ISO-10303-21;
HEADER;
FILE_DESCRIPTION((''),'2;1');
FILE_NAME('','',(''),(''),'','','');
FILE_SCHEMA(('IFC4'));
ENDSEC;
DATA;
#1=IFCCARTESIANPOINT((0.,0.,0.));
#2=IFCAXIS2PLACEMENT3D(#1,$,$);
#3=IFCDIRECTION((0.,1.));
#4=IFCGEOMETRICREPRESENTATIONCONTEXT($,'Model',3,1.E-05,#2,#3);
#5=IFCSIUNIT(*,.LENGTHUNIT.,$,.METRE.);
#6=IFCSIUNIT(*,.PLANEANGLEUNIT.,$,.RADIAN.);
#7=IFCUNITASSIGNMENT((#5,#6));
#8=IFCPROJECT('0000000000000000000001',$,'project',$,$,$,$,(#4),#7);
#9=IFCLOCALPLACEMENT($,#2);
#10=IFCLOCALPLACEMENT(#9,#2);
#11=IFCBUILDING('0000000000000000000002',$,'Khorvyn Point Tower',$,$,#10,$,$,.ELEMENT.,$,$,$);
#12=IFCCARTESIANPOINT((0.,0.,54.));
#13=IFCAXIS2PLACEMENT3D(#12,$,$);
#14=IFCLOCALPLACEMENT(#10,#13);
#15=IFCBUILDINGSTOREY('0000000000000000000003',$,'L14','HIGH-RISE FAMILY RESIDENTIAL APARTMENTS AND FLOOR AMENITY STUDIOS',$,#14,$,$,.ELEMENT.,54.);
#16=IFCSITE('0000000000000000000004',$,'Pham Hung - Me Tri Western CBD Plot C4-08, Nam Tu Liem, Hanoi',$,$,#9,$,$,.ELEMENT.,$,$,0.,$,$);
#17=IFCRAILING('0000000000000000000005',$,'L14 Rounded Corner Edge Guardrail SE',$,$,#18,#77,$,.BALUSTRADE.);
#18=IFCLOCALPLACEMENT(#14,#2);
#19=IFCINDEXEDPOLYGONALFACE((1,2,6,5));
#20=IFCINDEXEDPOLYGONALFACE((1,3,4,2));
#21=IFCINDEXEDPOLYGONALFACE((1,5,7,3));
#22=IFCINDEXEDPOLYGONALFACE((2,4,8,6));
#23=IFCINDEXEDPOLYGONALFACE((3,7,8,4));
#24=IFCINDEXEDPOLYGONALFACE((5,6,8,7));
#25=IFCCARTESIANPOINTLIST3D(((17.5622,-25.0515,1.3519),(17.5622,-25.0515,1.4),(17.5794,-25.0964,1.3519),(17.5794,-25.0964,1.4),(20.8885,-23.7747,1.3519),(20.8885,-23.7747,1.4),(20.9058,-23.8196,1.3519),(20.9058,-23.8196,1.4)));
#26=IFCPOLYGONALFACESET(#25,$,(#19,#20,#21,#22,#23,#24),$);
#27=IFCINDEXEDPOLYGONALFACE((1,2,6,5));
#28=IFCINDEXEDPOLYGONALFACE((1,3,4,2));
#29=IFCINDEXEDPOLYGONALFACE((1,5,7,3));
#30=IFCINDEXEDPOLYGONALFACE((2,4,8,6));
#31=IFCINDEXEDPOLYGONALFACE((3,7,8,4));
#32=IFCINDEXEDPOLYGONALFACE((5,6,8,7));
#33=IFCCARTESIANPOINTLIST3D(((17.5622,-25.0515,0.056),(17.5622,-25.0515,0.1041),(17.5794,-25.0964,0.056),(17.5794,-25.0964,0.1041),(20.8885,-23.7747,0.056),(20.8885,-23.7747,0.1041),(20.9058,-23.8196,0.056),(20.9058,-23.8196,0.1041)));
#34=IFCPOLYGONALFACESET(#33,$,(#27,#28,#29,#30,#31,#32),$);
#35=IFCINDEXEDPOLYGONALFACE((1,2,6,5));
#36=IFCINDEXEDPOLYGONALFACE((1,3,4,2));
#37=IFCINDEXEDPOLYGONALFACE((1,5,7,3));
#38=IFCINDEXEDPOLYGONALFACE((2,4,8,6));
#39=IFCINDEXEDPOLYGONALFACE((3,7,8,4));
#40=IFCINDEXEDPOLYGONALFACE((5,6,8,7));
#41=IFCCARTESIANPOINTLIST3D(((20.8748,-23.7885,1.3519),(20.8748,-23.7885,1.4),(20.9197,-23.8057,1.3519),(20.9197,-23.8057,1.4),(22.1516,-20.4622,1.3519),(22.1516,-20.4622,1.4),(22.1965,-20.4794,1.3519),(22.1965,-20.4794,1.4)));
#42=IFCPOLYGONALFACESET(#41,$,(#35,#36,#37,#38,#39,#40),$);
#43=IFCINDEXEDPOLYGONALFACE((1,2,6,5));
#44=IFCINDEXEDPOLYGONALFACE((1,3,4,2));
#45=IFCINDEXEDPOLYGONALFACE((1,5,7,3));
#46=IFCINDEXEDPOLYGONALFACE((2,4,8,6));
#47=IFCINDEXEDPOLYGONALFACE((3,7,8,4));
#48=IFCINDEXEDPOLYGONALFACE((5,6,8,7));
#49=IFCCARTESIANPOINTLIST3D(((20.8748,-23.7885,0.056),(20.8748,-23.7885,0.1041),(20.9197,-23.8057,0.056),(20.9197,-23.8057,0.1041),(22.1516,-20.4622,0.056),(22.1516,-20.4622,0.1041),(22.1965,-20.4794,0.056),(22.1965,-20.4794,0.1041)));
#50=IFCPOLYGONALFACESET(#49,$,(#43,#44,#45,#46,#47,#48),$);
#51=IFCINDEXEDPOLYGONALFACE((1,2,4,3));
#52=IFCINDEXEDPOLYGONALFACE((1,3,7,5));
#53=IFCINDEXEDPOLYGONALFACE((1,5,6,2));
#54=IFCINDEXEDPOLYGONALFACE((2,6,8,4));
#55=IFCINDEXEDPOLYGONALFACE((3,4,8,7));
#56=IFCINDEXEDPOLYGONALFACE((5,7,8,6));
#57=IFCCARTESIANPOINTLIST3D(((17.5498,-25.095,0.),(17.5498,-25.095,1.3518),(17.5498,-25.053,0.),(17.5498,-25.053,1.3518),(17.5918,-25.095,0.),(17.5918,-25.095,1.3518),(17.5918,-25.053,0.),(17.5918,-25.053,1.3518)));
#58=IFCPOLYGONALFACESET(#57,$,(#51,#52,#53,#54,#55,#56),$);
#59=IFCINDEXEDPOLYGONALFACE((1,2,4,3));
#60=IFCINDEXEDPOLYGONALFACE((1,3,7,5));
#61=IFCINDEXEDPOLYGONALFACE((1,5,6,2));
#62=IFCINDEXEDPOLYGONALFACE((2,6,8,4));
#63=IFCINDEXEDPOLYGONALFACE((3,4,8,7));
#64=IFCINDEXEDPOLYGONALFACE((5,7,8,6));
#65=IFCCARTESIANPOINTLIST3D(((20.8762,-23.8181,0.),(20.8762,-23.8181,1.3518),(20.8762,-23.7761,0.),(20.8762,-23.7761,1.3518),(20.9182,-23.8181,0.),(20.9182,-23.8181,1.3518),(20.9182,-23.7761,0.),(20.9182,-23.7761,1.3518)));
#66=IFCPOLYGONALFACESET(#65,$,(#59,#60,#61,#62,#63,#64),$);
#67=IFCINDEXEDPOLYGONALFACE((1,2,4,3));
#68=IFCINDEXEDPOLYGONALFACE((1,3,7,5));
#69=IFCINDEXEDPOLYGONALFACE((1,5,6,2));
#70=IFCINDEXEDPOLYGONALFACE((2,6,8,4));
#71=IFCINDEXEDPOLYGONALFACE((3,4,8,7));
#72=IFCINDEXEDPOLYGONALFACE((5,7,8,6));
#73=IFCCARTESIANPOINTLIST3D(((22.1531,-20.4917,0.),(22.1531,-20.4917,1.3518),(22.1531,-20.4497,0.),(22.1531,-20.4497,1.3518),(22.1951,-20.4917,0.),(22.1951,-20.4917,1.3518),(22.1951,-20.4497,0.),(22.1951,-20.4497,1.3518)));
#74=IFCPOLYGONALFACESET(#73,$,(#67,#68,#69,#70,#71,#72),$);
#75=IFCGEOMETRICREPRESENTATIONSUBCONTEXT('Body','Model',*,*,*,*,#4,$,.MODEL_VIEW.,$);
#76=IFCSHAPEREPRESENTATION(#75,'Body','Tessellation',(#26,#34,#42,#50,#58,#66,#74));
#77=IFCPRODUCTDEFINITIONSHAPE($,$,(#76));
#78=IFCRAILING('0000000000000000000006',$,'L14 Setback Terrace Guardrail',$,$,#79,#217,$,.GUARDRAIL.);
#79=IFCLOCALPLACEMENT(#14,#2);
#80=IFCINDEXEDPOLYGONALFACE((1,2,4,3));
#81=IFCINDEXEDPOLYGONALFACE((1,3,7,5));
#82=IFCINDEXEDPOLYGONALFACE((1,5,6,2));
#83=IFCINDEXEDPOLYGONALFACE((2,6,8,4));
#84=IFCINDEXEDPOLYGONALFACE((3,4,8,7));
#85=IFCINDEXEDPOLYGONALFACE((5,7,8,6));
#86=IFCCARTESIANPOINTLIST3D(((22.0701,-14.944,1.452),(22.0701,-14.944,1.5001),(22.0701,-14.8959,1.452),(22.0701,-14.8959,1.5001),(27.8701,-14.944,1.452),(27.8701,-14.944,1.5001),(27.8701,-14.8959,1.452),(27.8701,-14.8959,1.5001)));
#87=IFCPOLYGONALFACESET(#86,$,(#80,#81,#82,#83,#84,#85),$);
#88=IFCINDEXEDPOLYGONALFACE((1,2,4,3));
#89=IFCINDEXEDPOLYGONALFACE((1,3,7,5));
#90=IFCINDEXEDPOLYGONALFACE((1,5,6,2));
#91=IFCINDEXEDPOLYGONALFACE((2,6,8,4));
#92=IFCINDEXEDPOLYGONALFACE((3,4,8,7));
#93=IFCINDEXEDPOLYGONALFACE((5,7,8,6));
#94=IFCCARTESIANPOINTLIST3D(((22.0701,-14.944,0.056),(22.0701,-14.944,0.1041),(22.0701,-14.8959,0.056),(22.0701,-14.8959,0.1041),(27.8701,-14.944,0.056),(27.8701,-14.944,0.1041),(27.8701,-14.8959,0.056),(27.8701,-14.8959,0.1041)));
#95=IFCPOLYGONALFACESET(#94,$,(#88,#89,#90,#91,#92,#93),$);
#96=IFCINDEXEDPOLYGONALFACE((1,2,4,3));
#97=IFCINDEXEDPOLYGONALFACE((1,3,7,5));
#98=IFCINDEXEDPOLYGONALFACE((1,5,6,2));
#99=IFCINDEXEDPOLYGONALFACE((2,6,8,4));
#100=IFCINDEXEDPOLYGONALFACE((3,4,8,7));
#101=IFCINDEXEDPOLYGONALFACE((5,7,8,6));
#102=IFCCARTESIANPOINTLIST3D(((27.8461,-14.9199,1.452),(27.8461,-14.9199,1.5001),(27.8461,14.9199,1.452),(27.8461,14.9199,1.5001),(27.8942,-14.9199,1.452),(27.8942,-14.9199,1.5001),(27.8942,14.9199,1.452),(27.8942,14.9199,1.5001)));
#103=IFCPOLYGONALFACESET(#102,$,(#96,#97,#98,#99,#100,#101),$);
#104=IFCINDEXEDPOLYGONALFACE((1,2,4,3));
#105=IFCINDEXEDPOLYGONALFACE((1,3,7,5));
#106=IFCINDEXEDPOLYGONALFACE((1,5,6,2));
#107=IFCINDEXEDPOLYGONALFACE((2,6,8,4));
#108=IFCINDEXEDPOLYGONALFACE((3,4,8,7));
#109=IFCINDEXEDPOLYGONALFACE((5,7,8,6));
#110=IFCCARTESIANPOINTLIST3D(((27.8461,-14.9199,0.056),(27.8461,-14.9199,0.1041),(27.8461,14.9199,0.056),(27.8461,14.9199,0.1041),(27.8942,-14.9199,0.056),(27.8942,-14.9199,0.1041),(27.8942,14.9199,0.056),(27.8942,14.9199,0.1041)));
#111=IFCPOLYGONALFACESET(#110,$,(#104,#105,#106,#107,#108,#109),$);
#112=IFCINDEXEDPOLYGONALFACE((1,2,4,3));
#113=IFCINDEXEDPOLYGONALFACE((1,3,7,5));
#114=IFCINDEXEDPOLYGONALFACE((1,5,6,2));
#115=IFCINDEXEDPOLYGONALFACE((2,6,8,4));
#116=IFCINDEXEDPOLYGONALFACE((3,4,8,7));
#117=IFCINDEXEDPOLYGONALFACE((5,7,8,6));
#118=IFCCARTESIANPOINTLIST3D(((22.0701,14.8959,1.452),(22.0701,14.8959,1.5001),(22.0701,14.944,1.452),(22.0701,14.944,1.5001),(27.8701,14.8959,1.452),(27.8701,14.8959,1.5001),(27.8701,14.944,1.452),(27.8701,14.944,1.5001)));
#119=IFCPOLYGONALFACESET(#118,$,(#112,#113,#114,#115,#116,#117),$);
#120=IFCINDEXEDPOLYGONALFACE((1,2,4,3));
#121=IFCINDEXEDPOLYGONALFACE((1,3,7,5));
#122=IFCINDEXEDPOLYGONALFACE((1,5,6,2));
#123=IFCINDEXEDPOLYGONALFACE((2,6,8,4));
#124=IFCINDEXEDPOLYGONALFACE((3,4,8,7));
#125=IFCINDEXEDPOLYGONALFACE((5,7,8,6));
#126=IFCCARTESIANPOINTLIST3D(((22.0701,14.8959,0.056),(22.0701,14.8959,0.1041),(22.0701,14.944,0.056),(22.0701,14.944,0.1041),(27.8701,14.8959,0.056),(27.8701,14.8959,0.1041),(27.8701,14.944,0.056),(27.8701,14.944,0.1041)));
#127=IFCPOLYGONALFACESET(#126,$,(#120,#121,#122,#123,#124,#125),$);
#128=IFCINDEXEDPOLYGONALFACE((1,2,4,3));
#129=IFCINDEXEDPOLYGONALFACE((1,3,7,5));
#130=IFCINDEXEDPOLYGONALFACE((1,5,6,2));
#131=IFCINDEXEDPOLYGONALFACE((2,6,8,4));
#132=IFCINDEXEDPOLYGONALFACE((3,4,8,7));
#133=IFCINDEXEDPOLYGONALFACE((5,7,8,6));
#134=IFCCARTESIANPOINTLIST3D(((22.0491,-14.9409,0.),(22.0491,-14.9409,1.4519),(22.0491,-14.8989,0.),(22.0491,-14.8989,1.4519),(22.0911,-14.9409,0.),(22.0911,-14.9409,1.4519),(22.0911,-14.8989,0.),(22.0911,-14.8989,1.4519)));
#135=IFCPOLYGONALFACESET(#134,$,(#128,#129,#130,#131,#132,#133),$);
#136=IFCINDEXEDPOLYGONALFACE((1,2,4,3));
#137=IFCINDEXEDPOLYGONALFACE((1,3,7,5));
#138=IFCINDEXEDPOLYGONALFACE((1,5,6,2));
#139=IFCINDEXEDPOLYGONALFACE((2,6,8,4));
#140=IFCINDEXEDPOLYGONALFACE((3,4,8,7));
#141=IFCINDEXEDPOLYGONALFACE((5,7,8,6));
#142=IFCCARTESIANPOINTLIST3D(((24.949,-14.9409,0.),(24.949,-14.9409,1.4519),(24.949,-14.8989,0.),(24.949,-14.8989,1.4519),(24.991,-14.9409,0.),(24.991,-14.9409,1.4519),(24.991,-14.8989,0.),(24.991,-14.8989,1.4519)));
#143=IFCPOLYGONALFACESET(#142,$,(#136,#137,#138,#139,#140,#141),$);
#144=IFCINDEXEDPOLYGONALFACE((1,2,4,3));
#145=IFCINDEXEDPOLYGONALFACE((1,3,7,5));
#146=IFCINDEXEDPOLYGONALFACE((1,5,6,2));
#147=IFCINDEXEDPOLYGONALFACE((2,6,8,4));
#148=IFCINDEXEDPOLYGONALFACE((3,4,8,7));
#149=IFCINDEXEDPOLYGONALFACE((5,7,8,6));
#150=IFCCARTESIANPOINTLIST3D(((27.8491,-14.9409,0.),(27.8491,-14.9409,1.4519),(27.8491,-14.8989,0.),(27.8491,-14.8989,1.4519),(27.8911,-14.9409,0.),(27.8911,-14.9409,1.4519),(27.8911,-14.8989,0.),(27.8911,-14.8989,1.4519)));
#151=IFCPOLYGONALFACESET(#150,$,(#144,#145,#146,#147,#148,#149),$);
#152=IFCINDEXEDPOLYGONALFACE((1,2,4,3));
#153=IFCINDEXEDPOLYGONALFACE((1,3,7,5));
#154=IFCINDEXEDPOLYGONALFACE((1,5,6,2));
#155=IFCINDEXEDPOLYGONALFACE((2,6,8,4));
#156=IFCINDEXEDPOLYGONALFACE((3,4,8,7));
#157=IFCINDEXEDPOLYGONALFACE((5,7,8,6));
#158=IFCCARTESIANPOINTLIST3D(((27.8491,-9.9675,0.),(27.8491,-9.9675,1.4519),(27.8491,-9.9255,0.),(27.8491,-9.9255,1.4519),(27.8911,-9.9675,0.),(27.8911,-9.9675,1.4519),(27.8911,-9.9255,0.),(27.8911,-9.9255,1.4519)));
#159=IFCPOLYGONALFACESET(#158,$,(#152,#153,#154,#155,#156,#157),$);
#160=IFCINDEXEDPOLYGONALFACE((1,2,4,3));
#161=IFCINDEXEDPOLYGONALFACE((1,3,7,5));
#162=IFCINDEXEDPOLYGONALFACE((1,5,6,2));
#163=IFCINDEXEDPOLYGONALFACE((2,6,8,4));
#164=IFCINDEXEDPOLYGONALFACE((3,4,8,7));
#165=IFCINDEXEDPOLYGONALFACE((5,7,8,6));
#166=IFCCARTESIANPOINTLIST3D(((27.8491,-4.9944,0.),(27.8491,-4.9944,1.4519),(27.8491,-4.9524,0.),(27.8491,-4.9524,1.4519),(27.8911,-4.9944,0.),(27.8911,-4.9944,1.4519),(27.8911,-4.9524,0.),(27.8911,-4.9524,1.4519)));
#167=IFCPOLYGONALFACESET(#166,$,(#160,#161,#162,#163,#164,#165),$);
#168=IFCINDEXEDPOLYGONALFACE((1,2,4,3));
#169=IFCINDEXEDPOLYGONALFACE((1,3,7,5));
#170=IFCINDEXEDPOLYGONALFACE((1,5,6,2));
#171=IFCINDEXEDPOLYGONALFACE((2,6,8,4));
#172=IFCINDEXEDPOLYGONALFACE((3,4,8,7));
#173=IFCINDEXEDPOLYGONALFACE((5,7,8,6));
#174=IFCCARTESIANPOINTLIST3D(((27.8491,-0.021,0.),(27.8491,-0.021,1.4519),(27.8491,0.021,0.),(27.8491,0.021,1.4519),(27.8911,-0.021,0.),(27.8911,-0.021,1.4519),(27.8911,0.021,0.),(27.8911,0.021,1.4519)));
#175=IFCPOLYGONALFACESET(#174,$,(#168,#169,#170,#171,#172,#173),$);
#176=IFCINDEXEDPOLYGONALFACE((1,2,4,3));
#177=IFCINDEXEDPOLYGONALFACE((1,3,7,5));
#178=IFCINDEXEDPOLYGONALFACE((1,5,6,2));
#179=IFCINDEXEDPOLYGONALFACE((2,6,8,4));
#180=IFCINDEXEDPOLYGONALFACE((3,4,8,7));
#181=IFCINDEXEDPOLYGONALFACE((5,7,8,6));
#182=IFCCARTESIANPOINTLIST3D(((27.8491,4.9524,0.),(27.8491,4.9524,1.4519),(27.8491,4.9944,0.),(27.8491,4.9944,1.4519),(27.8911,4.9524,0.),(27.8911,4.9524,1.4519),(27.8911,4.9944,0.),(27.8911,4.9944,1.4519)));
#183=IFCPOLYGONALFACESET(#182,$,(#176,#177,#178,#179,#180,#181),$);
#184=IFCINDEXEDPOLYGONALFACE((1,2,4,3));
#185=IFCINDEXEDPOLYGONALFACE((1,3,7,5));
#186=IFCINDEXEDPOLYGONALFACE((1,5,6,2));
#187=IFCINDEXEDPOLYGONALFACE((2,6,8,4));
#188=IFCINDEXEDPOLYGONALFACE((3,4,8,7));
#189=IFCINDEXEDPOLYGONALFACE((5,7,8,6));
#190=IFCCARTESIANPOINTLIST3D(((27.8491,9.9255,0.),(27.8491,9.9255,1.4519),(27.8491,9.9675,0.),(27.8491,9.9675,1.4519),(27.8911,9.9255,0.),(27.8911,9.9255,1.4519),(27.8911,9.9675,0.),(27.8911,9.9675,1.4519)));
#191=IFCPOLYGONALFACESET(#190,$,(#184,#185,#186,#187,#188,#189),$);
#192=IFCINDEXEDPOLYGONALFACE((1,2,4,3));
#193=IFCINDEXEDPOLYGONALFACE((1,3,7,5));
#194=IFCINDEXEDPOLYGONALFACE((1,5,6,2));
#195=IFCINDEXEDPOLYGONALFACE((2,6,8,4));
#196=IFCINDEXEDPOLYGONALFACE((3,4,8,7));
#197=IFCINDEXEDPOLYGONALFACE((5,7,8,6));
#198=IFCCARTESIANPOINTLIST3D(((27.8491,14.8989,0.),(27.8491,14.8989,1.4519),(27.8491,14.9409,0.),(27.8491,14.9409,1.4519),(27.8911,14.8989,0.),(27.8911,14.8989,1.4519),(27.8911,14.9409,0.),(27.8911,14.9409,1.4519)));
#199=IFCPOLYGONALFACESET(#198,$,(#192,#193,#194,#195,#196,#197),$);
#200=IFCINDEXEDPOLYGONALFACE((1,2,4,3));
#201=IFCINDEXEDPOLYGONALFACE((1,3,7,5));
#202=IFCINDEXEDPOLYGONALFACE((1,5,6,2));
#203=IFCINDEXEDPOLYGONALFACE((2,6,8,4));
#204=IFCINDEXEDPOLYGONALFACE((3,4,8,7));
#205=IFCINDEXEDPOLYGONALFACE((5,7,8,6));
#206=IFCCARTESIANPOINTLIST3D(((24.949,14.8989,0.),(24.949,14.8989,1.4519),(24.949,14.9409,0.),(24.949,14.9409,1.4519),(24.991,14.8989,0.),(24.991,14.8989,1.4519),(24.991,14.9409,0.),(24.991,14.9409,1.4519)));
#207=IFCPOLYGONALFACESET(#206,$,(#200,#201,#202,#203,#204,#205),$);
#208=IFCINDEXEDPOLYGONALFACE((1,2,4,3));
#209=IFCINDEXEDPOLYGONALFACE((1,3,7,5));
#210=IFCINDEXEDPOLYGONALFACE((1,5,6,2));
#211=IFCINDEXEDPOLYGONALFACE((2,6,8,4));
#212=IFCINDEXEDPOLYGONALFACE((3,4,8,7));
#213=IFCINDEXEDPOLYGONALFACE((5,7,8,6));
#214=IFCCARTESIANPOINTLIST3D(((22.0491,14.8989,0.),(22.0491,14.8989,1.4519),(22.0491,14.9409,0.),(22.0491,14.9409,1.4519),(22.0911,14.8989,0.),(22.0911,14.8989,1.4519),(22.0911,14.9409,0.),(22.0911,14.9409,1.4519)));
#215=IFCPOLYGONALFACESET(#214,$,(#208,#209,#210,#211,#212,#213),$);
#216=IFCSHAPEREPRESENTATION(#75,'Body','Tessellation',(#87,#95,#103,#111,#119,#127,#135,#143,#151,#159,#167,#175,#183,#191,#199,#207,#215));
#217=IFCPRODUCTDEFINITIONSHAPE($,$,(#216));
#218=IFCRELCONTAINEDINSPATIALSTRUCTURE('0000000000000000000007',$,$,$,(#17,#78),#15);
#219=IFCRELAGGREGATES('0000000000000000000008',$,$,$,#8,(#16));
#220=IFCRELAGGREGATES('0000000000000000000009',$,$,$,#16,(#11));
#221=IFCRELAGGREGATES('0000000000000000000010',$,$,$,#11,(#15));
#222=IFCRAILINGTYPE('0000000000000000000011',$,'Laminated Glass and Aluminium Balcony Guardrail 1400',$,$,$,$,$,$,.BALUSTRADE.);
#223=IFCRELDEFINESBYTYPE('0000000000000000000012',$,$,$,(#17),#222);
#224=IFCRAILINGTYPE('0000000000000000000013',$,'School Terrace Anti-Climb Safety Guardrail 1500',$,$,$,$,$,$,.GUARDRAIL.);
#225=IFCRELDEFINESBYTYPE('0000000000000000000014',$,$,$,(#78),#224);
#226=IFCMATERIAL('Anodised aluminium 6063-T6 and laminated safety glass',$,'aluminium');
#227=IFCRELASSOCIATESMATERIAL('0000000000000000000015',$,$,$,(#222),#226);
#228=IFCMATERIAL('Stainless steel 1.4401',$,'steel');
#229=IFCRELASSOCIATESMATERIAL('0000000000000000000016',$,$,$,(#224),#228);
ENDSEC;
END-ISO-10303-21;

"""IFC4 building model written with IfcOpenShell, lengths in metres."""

from ifc_helpers import new_model, si_unit, direction, frame, origin, origin_2d, place, context, subcontext, project, spatial, rectangle, extrude, material, type_object, element, save


model = new_model("IFC4")

# Units and contexts
model_context = context("Model", 3, precision=1e-05, world=origin(), true_north=direction((0.0, 1.0)))
body_context = subcontext(model_context, "Body", "Model", "MODEL_VIEW")
ifc_project = project(units=[si_unit("LENGTHUNIT", "METRE"), si_unit("PLANEANGLEUNIT", "RADIAN")], contexts=[model_context])

# Site, building, storey
site_placement = place(None, origin())
site = spatial("IfcSite", under=ifc_project, at=site_placement, Name="Pham Hung - Me Tri Western CBD Plot C4-08, Nam Tu Liem, Hanoi", CompositionType="ELEMENT", RefElevation=0.0)
building_placement = place(site_placement, origin())
building = spatial("IfcBuilding", under=site, at=building_placement, Name="Khorvyn Point Tower", CompositionType="ELEMENT")
storey_placement = place(building_placement, frame((0.0, 0.0, 54.0)))
storey = spatial("IfcBuildingStorey", under=building, at=storey_placement, Name="L14", Description="HIGH-RISE FAMILY RESIDENTIAL APARTMENTS AND FLOOR AMENITY STUDIOS", CompositionType="ELEMENT", Elevation=54.0)

# Railings
ifc_material_1 = material(Name="Anodised aluminium 6063-T6 and laminated safety glass", Category="aluminium")
railing_type_1 = type_object("IfcRailingType", Name="Laminated Glass and Aluminium Balcony Guardrail 1400", PredefinedType="BALUSTRADE", material=ifc_material_1)
railing_1_placement = place(storey_placement, frame((17.5708, -25.074, 0.0)))
element("IfcRailing", 1, at=railing_1_placement, inside=storey, type_object=railing_type_1, Name="L14 Rounded Corner Edge Guardrail SE", PredefinedType="BALUSTRADE", context=body_context, shape_type="SweptSolid", body=[
    extrude(rectangle(XDim=0.0481, YDim=0.0481, at=origin_2d()), frame((0.0, 0.0, 1.376), z_axis=(0.933584, 0.358359, 0.0), x_axis=(-0.358359, 0.933584, 0.0)), (0.0, 0.0, 1.0), 3.563),
    extrude(rectangle(XDim=0.0481, YDim=0.0481, at=origin_2d()), frame((0.0, 0.0, 0.0801), z_axis=(0.933584, 0.358359, 0.0), x_axis=(-0.358359, 0.933584, 0.0)), (0.0, 0.0, 1.0), 3.563),
    extrude(rectangle(XDim=0.0481, YDim=0.0481, at=origin_2d()), frame((3.3264, 1.2769, 1.376), z_axis=(0.358359, 0.933584, 0.0), x_axis=(-0.933584, 0.358359, 0.0)), (0.0, 0.0, 1.0), 3.563),
    extrude(rectangle(XDim=0.0481, YDim=0.0481, at=origin_2d()), frame((3.3264, 1.2769, 0.0801), z_axis=(0.358359, 0.933584, 0.0), x_axis=(-0.933584, 0.358359, 0.0)), (0.0, 0.0, 1.0), 3.563),
    extrude(rectangle(XDim=0.042, YDim=0.042, at=origin_2d()), origin(), (0.0, 0.0, 1.0), 1.3518),
    extrude(rectangle(XDim=0.042, YDim=0.042, at=origin_2d()), frame((3.3264, 1.2769, 0.0)), (0.0, 0.0, 1.0), 1.3518),
    extrude(rectangle(XDim=0.042, YDim=0.042, at=origin_2d()), frame((4.6033, 4.6033, 0.0)), (0.0, 0.0, 1.0), 1.3518),
])
ifc_material_2 = material(Name="Stainless steel 1.4401", Category="steel")
railing_type_2 = type_object("IfcRailingType", Name="School Terrace Anti-Climb Safety Guardrail 1500", PredefinedType="GUARDRAIL", material=ifc_material_2)
railing_2_placement = place(storey_placement, frame((22.0701, -14.9199, 0.0)))
element("IfcRailing", 2, at=railing_2_placement, inside=storey, type_object=railing_type_2, Name="L14 Setback Terrace Guardrail", PredefinedType="GUARDRAIL", context=body_context, shape_type="SweptSolid", body=[
    extrude(rectangle(XDim=0.0481, YDim=0.0481, at=origin_2d()), frame((0.0, 0.0, 1.4761), z_axis=(1.0, 0.0, 0.0), x_axis=(0.0, 1.0, 0.0)), (0.0, 0.0, 1.0), 5.8),
    extrude(rectangle(XDim=0.0481, YDim=0.0481, at=origin_2d()), frame((0.0, 0.0, 0.0801), z_axis=(1.0, 0.0, 0.0), x_axis=(0.0, 1.0, 0.0)), (0.0, 0.0, 1.0), 5.8),
    extrude(rectangle(XDim=0.0481, YDim=0.0481, at=origin_2d()), frame((5.8, 0.0, 1.4761), z_axis=(0.0, 1.0, 0.0), x_axis=(-1.0, 0.0, 0.0)), (0.0, 0.0, 1.0), 29.8398),
    extrude(rectangle(XDim=0.0481, YDim=0.0481, at=origin_2d()), frame((5.8, 0.0, 0.0801), z_axis=(0.0, 1.0, 0.0), x_axis=(-1.0, 0.0, 0.0)), (0.0, 0.0, 1.0), 29.8398),
    extrude(rectangle(XDim=0.0481, YDim=0.0481, at=origin_2d()), frame((5.8, 29.8398, 1.4761), z_axis=(-1.0, 0.0, 0.0), x_axis=(0.0, -1.0, 0.0)), (0.0, 0.0, 1.0), 5.8),
    extrude(rectangle(XDim=0.0481, YDim=0.0481, at=origin_2d()), frame((5.8, 29.8398, 0.0801), z_axis=(-1.0, 0.0, 0.0), x_axis=(0.0, -1.0, 0.0)), (0.0, 0.0, 1.0), 5.8),
    extrude(rectangle(XDim=0.042, YDim=0.042, at=origin_2d()), origin(), (0.0, 0.0, 1.0), 1.4519),
    extrude(rectangle(XDim=0.042, YDim=0.042, at=origin_2d()), frame((2.8999, 0.0, 0.0)), (0.0, 0.0, 1.0), 1.4519),
    extrude(rectangle(XDim=0.042, YDim=0.042, at=origin_2d()), frame((5.8, 0.0, 0.0)), (0.0, 0.0, 1.0), 1.4519),
    extrude(rectangle(XDim=0.042, YDim=0.042, at=origin_2d()), frame((5.8, 4.9734, 0.0)), (0.0, 0.0, 1.0), 1.4519),
    extrude(rectangle(XDim=0.042, YDim=0.042, at=origin_2d()), frame((5.8, 9.9465, 0.0)), (0.0, 0.0, 1.0), 1.4519),
    extrude(rectangle(XDim=0.042, YDim=0.042, at=origin_2d()), frame((5.8, 14.9199, 0.0)), (0.0, 0.0, 1.0), 1.4519),
    extrude(rectangle(XDim=0.042, YDim=0.042, at=origin_2d()), frame((5.8, 19.8933, 0.0)), (0.0, 0.0, 1.0), 1.4519),
    extrude(rectangle(XDim=0.042, YDim=0.042, at=origin_2d()), frame((5.8, 24.8665, 0.0)), (0.0, 0.0, 1.0), 1.4519),
    extrude(rectangle(XDim=0.042, YDim=0.042, at=origin_2d()), frame((5.8, 29.8398, 0.0)), (0.0, 0.0, 1.0), 1.4519),
    extrude(rectangle(XDim=0.042, YDim=0.042, at=origin_2d()), frame((2.8999, 29.8398, 0.0)), (0.0, 0.0, 1.0), 1.4519),
    extrude(rectangle(XDim=0.042, YDim=0.042, at=origin_2d()), frame((0.0, 29.8398, 0.0)), (0.0, 0.0, 1.0), 1.4519),
])

save(model, "model.ifc")
